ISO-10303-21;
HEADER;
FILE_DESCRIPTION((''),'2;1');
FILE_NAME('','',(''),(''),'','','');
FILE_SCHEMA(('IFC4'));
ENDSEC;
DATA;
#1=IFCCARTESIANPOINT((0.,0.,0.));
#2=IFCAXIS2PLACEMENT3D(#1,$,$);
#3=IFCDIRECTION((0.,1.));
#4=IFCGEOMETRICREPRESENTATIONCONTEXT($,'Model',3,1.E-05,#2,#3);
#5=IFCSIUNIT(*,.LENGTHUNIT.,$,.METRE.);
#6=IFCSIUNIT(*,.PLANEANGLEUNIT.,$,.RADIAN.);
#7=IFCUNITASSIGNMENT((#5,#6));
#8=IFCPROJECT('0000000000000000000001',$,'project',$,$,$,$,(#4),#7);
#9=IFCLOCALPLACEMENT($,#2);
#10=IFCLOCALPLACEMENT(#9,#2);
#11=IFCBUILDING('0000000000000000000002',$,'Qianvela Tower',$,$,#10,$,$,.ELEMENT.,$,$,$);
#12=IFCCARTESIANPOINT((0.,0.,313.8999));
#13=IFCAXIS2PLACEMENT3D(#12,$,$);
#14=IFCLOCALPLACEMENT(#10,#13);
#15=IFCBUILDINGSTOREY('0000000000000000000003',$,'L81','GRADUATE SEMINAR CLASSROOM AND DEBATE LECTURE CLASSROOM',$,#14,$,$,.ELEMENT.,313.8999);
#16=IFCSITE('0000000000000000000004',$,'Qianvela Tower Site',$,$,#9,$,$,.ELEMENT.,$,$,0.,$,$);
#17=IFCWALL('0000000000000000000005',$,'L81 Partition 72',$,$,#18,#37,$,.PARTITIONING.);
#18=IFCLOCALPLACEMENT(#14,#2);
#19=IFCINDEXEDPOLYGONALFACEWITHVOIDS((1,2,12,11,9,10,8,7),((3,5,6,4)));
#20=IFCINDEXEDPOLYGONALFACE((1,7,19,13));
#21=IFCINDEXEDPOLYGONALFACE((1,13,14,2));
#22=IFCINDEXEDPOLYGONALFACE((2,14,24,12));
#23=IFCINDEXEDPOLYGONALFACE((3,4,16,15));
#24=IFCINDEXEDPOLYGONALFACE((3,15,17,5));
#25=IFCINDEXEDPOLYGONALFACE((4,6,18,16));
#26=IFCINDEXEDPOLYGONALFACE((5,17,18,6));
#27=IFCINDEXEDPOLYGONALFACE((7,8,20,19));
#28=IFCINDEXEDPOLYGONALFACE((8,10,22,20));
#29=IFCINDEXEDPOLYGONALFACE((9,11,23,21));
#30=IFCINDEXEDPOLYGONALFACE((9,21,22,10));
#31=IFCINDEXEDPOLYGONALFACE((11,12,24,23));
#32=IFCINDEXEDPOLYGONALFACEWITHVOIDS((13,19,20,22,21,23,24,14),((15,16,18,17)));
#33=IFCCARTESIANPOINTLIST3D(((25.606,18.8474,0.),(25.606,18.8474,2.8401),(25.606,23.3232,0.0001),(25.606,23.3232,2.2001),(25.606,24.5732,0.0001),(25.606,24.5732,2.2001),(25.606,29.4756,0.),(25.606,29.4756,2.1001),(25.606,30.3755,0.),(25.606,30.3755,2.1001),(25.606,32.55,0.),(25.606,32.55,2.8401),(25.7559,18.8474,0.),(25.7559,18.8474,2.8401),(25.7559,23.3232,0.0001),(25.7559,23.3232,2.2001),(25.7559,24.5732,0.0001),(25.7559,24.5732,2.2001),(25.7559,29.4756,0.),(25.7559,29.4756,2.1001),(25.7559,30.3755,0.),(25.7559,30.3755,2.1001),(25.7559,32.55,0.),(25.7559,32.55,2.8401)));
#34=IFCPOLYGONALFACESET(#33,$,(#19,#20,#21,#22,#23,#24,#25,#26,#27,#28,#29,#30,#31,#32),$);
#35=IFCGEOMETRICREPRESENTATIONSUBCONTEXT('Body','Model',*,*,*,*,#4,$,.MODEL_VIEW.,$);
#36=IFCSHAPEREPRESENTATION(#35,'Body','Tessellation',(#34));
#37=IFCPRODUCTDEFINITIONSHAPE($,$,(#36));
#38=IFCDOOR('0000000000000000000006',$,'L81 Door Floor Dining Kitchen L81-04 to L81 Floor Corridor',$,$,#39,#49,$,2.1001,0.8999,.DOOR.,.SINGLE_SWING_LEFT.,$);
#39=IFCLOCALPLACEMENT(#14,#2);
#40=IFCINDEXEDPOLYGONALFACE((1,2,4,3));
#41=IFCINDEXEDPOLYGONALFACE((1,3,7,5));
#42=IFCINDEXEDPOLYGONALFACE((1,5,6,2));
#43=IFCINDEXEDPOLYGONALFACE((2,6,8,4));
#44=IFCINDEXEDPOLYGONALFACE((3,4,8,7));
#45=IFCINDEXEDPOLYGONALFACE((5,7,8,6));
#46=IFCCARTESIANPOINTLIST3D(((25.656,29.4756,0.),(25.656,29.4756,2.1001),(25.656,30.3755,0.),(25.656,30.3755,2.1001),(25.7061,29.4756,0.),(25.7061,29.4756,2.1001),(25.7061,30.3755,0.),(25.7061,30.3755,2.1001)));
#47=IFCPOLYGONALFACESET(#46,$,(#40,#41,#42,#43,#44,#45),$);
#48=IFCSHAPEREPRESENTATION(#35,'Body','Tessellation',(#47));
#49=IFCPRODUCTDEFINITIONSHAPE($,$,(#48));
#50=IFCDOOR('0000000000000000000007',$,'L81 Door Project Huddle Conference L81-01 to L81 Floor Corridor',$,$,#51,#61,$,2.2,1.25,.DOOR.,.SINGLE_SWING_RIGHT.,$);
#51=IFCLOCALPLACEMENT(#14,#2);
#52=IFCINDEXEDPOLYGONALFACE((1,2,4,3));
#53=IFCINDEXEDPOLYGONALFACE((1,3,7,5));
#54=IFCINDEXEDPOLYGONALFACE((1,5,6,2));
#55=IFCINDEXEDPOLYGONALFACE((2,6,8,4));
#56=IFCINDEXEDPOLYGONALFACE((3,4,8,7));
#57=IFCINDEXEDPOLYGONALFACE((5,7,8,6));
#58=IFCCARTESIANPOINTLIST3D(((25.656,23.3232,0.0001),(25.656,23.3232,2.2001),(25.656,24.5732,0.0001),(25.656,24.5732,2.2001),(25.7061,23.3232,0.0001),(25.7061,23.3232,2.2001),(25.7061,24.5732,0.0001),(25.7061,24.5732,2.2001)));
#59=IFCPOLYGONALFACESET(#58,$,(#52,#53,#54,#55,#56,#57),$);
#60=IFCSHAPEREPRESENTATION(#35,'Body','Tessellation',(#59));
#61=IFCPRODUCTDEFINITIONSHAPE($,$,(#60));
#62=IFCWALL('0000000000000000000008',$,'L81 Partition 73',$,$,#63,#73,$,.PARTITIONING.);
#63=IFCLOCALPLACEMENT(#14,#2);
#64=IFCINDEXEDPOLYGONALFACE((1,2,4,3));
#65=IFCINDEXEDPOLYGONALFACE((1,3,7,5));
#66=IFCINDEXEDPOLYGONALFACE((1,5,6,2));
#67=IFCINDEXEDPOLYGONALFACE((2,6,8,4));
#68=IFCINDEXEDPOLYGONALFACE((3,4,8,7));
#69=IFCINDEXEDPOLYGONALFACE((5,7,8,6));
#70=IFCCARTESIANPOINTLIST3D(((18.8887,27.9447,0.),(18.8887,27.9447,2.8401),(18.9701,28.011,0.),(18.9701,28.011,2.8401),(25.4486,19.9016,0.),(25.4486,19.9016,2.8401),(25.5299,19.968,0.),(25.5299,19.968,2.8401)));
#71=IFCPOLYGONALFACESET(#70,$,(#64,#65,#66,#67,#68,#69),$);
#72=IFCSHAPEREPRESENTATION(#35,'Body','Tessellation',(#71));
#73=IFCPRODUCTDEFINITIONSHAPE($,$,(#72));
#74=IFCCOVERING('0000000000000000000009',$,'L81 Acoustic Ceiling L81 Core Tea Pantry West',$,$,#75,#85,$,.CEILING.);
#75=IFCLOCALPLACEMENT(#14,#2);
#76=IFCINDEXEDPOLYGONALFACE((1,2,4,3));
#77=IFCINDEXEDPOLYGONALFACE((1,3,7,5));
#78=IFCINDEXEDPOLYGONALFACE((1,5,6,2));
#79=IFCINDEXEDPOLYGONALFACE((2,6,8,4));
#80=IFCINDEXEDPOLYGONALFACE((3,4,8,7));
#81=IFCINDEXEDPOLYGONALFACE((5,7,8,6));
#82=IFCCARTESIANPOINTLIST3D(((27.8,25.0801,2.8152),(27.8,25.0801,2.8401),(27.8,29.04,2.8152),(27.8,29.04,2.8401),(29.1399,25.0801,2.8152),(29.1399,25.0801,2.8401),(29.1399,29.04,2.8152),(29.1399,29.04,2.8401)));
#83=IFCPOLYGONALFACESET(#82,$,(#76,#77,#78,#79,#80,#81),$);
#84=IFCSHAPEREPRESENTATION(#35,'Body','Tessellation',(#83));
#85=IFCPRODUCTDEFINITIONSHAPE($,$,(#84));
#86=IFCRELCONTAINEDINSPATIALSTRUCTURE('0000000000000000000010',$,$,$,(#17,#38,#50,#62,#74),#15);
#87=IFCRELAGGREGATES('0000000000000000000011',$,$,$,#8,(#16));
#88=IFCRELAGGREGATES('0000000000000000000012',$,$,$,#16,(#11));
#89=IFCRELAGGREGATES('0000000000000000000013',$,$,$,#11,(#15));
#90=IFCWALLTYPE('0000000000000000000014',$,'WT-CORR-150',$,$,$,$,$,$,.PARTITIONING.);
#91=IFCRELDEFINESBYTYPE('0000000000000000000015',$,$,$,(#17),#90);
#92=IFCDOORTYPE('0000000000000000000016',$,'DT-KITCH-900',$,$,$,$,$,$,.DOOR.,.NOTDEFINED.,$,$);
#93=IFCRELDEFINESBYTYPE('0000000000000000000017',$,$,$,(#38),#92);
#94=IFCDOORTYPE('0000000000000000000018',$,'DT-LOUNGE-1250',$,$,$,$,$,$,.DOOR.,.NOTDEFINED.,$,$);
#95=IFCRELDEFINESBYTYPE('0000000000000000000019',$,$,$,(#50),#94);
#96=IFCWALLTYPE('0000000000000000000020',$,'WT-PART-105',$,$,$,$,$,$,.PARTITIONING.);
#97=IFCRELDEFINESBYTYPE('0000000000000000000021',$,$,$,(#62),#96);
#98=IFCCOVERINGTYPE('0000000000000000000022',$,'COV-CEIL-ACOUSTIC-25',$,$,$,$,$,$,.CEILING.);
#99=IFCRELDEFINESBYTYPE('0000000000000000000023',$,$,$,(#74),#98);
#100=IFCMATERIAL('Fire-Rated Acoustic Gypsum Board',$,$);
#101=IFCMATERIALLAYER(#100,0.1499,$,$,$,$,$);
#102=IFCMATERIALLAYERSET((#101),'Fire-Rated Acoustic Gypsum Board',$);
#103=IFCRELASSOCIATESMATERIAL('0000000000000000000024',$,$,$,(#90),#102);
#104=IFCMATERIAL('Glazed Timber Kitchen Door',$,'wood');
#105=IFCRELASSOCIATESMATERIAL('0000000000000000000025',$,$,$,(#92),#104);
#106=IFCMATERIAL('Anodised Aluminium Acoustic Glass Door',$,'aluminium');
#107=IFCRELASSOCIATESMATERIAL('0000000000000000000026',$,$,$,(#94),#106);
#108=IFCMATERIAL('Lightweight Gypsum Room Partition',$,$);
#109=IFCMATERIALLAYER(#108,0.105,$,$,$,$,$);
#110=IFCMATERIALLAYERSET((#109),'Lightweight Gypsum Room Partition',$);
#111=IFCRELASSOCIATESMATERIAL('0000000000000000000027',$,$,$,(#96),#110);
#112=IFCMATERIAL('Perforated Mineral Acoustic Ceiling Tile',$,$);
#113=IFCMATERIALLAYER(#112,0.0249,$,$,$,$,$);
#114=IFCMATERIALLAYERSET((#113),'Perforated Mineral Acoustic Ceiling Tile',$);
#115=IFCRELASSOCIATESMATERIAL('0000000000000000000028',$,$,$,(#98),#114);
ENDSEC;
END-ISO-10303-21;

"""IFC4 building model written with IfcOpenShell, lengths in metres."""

from ifc_helpers import new_model, si_unit, direction, frame, frame_2d, origin, place, context, subcontext, project, spatial, polyline, rectangle, outline, extrude, material, layer, layer_set, type_object, element, fill, save


model = new_model("IFC4")

# Units and contexts
model_context = context("Model", 3, precision=1e-05, world=origin(), true_north=direction((0.0, 1.0)))
body_context = subcontext(model_context, "Body", "Model", "MODEL_VIEW")
ifc_project = project(units=[si_unit("LENGTHUNIT", "METRE"), si_unit("PLANEANGLEUNIT", "RADIAN")], contexts=[model_context])

# Site, building, storey
site_placement = place(None, origin())
site = spatial("IfcSite", under=ifc_project, at=site_placement, Name="Qianvela Tower Site", CompositionType="ELEMENT", RefElevation=0.0)
building_placement = place(site_placement, origin())
building = spatial("IfcBuilding", under=site, at=building_placement, Name="Qianvela Tower", CompositionType="ELEMENT")
storey_placement = place(building_placement, frame((0.0, 0.0, 313.8999)))
storey = spatial("IfcBuildingStorey", under=building, at=storey_placement, Name="L81", Description="GRADUATE SEMINAR CLASSROOM AND DEBATE LECTURE CLASSROOM", CompositionType="ELEMENT", Elevation=313.8999)

# Wall, openings, doors
ifc_material_1 = material(Name="Fire-Rated Acoustic Gypsum Board")
ifc_layer_1 = layer(ifc_material_1, 0.1499)
ifc_layer_set_1 = layer_set([ifc_layer_1], Name="Fire-Rated Acoustic Gypsum Board")
wall_type_1 = type_object("IfcWallType", Name="WT-CORR-150", PredefinedType="PARTITIONING", material=ifc_layer_set_1)
wall_1_placement = place(storey_placement, frame((25.6809, 18.8474, 0.0), z_axis=(0.0, 0.0, 1.0), x_axis=(0.0, 1.0, 0.0)))
wall_1 = element("IfcWall", 1, at=wall_1_placement, inside=storey, type_object=wall_type_1, Name="L81 Partition 72", PredefinedType="PARTITIONING", context=body_context, shape_type="SweptSolid", body=[
    extrude(rectangle(XDim=13.7026, YDim=0.1499, at=frame_2d((6.8513, 0.0))), origin(), (0.0, 0.0, 1.0), 2.8401),
])
opening_1_placement = place(wall_1_placement, frame((4.4758, 0.0, 0.0)))
opening_1 = element("IfcOpeningElement", 2, at=opening_1_placement, cuts=wall_1, PredefinedType="OPENING", context=body_context, shape_type="SweptSolid", body=[
    extrude(rectangle(XDim=1.25, YDim=2.2, at=frame_2d((0.625, 1.1001))), frame((0.0, 0.085, 0.0), z_axis=(0.0, -1.0, 0.0), x_axis=(1.0, 0.0, 0.0)), (0.0, 0.0, 1.0), 0.1699),
])
opening_2_placement = place(wall_1_placement, frame((10.6282, 0.0, 0.0)))
opening_2 = element("IfcOpeningElement", 3, at=opening_2_placement, cuts=wall_1, PredefinedType="OPENING", context=body_context, shape_type="SweptSolid", body=[
    extrude(rectangle(XDim=0.8999, YDim=2.1001, at=frame_2d((0.45, 1.05))), frame((0.0, 0.085, 0.0), z_axis=(0.0, -1.0, 0.0), x_axis=(1.0, 0.0, 0.0)), (0.0, 0.0, 1.0), 0.1699),
])
ifc_material_2 = material(Name="Glazed Timber Kitchen Door", Category="wood")
door_type_1 = type_object("IfcDoorType", Name="DT-KITCH-900", OperationType="NOTDEFINED", PredefinedType="DOOR", material=ifc_material_2)
door_1_placement = place(opening_2_placement, origin())
door_1 = element("IfcDoor", 4, at=door_1_placement, inside=storey, type_object=door_type_1, Name="L81 Door Floor Dining Kitchen L81-04 to L81 Floor Corridor", OperationType="SINGLE_SWING_LEFT", OverallHeight=2.1001, OverallWidth=0.8999, PredefinedType="DOOR", context=body_context, shape_type="SweptSolid", body=[
    extrude(rectangle(XDim=0.8999, YDim=2.1001, at=frame_2d((0.45, 1.05))), frame((0.0, 0.0249, 0.0), z_axis=(0.0, -1.0, 0.0), x_axis=(1.0, 0.0, 0.0)), (0.0, 0.0, 1.0), 0.05),
])
fill(opening_2, door_1)
ifc_material_3 = material(Name="Anodised Aluminium Acoustic Glass Door", Category="aluminium")
door_type_2 = type_object("IfcDoorType", Name="DT-LOUNGE-1250", OperationType="NOTDEFINED", PredefinedType="DOOR", material=ifc_material_3)
door_2_placement = place(opening_1_placement, origin())
door_2 = element("IfcDoor", 5, at=door_2_placement, inside=storey, type_object=door_type_2, Name="L81 Door Project Huddle Conference L81-01 to L81 Floor Corridor", OperationType="SINGLE_SWING_RIGHT", OverallHeight=2.2, OverallWidth=1.25, PredefinedType="DOOR", context=body_context, shape_type="SweptSolid", body=[
    extrude(rectangle(XDim=1.25, YDim=2.2, at=frame_2d((0.625, 1.1001))), frame((0.0, 0.0249, 0.0), z_axis=(0.0, -1.0, 0.0), x_axis=(1.0, 0.0, 0.0)), (0.0, 0.0, 1.0), 0.05),
])
fill(opening_1, door_2)

# Wall
ifc_material_4 = material(Name="Lightweight Gypsum Room Partition")
ifc_layer_2 = layer(ifc_material_4, 0.105)
ifc_layer_set_2 = layer_set([ifc_layer_2], Name="Lightweight Gypsum Room Partition")
wall_type_2 = type_object("IfcWallType", Name="WT-PART-105", PredefinedType="PARTITIONING", material=ifc_layer_set_2)
wall_2_placement = place(storey_placement, frame((25.4893, 19.9348, 0.0), z_axis=(0.0, 0.0, 1.0), x_axis=(-0.632037, 0.774938, 0.0)))
element("IfcWall", 6, at=wall_2_placement, inside=storey, type_object=wall_type_2, Name="L81 Partition 73", PredefinedType="PARTITIONING", context=body_context, shape_type="SweptSolid", body=[
    extrude(rectangle(XDim=10.3789, YDim=0.105, at=frame_2d((5.1895, 0.0))), origin(), (0.0, 0.0, 1.0), 2.8401),
])

# Covering
ifc_material_5 = material(Name="Perforated Mineral Acoustic Ceiling Tile")
ifc_layer_3 = layer(ifc_material_5, 0.0249)
ifc_layer_set_3 = layer_set([ifc_layer_3], Name="Perforated Mineral Acoustic Ceiling Tile")
covering_type_1 = type_object("IfcCoveringType", Name="COV-CEIL-ACOUSTIC-25", PredefinedType="CEILING", material=ifc_layer_set_3)
covering_1_placement = place(storey_placement, frame((0.0, 0.0, 2.8152)))
element("IfcCovering", 7, at=covering_1_placement, inside=storey, type_object=covering_type_1, Name="L81 Acoustic Ceiling L81 Core Tea Pantry West", PredefinedType="CEILING", context=body_context, shape_type="SweptSolid", body=[
    extrude(outline(polyline([(27.8, 25.0801), (27.8, 29.04), (29.1399, 29.04), (29.1399, 25.0801), (27.8, 25.0801)])), origin(), (0.0, 0.0, 1.0), 0.0249),
])

save(model, "model.ifc")
